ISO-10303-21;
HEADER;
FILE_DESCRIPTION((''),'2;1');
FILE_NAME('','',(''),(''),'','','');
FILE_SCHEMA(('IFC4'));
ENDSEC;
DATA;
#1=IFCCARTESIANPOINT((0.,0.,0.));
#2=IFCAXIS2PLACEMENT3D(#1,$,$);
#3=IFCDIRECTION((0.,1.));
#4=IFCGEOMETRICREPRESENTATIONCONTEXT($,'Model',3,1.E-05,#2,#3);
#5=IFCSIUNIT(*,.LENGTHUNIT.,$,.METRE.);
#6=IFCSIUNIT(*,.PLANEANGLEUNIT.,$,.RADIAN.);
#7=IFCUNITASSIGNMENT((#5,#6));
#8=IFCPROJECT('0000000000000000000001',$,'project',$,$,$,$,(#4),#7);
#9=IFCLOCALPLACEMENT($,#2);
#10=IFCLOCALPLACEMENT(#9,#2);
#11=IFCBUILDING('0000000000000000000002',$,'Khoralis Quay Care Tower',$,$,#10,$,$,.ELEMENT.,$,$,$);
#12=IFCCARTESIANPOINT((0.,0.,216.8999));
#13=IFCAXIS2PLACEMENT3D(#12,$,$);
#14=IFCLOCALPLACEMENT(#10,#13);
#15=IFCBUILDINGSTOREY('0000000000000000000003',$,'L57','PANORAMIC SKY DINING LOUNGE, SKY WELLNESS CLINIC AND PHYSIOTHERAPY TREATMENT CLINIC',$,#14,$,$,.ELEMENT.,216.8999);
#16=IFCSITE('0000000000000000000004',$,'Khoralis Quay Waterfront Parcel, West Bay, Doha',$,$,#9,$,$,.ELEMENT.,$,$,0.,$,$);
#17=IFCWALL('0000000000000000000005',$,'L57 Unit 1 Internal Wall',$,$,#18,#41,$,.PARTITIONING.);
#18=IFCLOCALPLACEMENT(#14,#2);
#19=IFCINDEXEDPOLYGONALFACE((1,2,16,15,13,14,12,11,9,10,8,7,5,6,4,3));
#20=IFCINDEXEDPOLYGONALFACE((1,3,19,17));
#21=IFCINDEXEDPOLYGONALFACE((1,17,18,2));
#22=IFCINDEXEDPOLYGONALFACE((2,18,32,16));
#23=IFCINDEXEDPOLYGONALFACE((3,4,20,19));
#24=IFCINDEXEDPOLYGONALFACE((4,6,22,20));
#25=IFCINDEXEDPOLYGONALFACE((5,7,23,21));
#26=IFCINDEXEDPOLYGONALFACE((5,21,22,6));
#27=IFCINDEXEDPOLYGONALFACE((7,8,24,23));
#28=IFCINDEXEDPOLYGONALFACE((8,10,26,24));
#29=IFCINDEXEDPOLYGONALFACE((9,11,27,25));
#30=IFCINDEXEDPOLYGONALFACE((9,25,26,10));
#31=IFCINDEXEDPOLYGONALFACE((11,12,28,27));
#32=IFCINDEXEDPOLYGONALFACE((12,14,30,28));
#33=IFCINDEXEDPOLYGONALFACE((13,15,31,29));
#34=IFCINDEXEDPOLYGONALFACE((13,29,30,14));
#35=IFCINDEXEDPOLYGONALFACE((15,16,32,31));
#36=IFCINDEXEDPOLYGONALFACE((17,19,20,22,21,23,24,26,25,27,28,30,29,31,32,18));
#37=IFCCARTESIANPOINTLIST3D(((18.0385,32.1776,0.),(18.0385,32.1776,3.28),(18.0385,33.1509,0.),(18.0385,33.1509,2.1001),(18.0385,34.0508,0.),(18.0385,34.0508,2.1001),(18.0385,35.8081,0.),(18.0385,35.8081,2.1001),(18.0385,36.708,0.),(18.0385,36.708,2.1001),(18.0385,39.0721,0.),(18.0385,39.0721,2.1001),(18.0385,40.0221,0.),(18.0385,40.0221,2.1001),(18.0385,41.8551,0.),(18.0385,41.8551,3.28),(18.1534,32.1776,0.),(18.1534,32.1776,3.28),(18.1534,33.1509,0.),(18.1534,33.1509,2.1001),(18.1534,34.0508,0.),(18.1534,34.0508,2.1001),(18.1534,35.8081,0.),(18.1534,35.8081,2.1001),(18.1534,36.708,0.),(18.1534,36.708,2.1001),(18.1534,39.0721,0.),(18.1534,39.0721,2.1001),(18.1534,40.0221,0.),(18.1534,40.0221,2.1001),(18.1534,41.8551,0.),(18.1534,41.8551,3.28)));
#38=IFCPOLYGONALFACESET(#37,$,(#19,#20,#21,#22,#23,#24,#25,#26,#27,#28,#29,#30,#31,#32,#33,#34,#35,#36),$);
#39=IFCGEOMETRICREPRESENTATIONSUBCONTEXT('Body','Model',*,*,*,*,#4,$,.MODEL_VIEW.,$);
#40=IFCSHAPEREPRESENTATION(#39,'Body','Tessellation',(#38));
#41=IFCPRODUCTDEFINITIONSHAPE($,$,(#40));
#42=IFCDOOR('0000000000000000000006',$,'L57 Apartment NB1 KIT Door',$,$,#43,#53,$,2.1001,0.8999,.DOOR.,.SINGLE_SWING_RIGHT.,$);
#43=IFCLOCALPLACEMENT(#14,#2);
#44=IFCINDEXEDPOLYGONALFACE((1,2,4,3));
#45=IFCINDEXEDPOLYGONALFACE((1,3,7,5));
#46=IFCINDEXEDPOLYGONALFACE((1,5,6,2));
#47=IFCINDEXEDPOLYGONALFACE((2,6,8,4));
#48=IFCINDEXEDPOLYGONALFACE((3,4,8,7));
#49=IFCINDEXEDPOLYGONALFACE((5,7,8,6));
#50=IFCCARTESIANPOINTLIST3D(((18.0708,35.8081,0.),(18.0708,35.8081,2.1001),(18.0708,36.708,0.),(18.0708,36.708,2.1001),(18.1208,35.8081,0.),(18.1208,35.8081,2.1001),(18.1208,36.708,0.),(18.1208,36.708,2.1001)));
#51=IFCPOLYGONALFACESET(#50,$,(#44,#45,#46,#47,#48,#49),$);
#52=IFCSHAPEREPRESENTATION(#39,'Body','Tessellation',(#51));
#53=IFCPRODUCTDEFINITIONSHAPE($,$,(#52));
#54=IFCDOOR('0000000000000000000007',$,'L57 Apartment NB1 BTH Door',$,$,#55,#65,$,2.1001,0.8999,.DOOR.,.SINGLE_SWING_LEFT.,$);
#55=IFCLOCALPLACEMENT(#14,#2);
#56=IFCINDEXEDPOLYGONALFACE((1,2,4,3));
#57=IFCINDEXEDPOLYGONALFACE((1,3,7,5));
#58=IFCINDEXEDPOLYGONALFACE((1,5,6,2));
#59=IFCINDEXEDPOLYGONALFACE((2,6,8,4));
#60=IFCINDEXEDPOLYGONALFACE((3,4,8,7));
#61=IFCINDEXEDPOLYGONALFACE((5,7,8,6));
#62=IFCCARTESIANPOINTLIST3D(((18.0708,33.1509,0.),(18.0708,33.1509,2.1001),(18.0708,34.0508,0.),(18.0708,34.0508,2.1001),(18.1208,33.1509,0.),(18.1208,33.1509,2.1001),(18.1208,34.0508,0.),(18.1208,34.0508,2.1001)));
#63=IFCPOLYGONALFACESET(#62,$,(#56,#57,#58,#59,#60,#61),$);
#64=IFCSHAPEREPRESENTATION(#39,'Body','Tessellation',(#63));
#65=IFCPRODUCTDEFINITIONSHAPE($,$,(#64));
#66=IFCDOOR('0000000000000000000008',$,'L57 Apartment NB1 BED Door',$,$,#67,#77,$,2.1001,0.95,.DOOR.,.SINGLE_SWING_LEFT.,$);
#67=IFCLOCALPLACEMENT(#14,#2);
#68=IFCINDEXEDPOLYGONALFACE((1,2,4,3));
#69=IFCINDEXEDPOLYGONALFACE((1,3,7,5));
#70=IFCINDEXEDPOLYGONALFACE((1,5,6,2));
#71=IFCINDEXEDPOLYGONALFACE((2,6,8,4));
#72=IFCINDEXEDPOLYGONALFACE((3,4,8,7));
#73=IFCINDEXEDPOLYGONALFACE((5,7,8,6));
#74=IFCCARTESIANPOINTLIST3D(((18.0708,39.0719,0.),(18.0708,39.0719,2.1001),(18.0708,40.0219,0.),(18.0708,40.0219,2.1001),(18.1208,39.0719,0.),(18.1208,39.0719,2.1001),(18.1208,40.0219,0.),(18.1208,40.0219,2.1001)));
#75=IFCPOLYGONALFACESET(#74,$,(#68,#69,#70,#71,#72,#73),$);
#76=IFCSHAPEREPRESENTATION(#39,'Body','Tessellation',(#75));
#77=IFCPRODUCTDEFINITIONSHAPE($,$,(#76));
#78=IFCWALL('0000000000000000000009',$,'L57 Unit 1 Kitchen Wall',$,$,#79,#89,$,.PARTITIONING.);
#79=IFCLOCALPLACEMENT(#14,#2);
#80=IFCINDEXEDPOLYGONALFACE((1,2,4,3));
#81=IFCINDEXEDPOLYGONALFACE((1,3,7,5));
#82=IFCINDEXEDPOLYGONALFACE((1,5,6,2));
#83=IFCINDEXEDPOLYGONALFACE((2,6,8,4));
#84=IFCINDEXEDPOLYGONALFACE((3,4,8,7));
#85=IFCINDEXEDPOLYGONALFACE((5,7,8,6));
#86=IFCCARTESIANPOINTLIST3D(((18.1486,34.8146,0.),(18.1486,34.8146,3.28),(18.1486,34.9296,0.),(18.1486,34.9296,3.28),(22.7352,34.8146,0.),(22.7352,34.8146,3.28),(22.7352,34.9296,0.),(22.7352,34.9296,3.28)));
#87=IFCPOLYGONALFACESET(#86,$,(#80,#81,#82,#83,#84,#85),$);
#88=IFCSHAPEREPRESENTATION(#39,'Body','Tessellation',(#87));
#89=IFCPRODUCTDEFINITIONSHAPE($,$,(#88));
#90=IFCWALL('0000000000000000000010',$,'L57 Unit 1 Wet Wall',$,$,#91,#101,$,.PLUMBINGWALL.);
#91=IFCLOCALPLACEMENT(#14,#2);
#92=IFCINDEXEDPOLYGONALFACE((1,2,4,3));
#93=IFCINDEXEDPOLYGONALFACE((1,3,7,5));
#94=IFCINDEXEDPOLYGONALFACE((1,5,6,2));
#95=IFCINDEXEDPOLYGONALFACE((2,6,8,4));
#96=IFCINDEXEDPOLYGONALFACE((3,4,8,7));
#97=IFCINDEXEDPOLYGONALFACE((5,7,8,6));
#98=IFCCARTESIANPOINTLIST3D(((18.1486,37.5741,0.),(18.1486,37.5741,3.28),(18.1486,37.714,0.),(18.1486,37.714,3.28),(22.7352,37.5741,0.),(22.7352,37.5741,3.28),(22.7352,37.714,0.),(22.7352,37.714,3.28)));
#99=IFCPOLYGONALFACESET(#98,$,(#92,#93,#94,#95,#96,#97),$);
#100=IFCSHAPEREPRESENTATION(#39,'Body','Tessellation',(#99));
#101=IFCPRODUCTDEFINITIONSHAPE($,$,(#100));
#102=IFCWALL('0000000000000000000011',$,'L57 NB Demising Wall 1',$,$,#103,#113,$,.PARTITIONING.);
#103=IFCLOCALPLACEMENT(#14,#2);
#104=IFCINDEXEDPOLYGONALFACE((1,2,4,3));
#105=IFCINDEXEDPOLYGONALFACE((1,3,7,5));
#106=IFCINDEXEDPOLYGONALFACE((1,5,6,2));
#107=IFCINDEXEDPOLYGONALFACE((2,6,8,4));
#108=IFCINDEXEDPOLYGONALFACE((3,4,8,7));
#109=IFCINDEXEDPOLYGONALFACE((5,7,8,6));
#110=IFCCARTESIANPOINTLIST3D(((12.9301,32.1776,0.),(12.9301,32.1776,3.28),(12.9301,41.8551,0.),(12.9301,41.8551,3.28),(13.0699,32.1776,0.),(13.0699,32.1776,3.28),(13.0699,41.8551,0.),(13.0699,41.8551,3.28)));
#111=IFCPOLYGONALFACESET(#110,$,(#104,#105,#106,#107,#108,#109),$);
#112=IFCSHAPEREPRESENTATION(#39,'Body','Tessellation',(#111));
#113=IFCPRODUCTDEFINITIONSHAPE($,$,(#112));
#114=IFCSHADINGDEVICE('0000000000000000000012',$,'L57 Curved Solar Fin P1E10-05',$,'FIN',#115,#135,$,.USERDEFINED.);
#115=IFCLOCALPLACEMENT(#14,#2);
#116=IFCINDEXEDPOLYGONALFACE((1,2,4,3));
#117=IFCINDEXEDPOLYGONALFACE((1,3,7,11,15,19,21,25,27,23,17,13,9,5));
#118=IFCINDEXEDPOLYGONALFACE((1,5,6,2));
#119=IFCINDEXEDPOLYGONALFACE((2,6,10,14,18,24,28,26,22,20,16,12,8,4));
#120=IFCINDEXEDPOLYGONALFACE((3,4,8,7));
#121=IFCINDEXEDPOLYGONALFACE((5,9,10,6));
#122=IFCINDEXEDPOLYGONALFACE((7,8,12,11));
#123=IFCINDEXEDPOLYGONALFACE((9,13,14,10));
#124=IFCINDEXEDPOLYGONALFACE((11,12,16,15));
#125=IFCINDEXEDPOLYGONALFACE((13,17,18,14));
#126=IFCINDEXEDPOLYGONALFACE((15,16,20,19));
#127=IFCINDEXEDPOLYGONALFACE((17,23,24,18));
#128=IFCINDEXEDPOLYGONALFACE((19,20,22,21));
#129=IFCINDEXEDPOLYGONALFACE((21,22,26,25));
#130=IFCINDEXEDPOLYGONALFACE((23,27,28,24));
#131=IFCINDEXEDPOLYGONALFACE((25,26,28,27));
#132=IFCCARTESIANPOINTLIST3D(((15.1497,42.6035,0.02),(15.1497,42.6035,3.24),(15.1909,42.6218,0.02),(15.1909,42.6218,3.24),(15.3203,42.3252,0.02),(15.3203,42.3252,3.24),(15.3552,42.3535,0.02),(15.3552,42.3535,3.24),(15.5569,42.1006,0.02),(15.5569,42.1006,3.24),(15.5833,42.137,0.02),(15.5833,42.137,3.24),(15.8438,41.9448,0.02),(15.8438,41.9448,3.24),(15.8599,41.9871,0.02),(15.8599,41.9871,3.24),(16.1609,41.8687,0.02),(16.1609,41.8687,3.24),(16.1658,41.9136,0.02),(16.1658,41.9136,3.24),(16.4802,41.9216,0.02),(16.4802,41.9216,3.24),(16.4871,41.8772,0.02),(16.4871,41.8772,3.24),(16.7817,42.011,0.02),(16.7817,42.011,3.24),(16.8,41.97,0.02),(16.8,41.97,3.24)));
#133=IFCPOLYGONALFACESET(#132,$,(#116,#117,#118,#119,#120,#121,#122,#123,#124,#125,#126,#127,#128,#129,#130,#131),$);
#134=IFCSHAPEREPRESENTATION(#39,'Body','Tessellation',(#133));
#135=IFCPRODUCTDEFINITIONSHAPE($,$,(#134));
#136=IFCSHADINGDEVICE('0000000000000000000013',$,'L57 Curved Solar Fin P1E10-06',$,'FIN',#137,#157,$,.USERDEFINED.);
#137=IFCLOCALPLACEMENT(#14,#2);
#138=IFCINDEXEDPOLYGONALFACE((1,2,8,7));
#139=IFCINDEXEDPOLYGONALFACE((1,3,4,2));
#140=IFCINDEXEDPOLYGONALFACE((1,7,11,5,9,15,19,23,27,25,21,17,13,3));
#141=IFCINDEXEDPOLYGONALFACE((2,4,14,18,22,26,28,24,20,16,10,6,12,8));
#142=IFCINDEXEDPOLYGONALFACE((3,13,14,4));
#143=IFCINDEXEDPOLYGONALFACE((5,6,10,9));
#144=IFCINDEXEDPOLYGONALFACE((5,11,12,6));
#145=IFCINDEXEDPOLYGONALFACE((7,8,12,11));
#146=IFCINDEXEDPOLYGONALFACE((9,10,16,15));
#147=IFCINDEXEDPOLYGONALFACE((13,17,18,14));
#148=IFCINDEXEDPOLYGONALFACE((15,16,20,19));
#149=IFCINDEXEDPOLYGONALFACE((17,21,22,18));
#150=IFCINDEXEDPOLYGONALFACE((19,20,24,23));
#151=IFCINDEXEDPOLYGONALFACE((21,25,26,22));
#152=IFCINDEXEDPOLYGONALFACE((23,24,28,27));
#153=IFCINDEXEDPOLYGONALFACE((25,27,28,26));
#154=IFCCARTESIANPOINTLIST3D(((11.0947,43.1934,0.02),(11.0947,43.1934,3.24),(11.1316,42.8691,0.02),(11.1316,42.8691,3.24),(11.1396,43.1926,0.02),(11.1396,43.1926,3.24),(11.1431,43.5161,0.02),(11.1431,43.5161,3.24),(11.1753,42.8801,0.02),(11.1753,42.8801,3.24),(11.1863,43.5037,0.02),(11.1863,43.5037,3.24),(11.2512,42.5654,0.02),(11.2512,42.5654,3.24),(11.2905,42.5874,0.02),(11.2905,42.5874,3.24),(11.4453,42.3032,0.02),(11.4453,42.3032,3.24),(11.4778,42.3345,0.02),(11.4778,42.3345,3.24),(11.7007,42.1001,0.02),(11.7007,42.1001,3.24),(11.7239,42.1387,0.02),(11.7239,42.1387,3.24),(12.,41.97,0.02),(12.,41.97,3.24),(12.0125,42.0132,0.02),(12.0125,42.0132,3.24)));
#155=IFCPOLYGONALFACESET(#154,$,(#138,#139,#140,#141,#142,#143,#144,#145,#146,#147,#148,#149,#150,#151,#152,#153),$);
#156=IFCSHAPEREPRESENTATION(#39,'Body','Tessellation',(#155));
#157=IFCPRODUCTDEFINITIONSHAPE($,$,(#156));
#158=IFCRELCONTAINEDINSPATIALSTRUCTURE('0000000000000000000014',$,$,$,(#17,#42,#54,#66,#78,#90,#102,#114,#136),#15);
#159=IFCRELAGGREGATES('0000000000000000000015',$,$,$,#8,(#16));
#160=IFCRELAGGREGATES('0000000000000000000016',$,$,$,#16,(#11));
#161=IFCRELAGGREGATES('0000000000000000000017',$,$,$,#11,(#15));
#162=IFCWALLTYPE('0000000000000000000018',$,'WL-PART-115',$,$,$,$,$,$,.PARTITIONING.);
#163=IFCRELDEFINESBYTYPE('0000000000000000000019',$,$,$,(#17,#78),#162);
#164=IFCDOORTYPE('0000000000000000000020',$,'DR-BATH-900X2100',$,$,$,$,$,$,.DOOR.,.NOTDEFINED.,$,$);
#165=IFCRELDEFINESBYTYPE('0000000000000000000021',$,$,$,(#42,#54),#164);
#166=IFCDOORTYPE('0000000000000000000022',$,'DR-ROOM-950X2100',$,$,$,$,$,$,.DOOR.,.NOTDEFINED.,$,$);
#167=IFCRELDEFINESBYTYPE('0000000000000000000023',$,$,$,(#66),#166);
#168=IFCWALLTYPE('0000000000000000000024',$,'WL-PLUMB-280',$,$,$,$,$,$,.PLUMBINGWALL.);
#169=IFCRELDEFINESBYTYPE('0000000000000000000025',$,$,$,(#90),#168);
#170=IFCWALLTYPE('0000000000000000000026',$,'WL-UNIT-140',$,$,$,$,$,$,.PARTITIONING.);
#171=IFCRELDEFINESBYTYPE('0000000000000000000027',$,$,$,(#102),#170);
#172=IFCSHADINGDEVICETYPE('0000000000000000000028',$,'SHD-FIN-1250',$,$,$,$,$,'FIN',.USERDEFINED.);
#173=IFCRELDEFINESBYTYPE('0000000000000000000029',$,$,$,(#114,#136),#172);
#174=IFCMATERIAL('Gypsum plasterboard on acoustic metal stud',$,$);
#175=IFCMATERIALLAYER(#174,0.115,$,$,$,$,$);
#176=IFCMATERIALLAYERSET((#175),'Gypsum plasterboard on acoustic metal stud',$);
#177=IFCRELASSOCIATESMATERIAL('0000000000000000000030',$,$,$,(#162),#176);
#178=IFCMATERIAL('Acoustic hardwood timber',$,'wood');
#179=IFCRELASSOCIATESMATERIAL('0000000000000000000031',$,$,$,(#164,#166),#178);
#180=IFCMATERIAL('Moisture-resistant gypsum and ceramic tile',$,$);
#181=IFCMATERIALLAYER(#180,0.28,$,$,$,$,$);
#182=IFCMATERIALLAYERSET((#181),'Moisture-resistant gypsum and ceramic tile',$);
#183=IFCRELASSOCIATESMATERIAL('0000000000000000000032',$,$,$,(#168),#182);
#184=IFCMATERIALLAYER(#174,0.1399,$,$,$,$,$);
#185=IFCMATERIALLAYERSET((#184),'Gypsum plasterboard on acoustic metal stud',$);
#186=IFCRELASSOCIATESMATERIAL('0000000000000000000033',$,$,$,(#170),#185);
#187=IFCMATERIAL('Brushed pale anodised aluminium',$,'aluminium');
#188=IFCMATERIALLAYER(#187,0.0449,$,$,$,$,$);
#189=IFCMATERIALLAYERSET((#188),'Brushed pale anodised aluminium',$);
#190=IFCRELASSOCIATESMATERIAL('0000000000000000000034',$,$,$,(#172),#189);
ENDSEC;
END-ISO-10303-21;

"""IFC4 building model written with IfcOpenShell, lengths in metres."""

from ifc_helpers import new_model, si_unit, direction, frame, frame_2d, origin, place, context, subcontext, project, spatial, polyline, rectangle, outline, extrude, source, transform, mapped, material, layer, layer_set, type_object, element, fill, save


model = new_model("IFC4")

# Units and contexts
model_context = context("Model", 3, precision=1e-05, world=origin(), true_north=direction((0.0, 1.0)))
body_context = subcontext(model_context, "Body", "Model", "MODEL_VIEW")
ifc_project = project(units=[si_unit("LENGTHUNIT", "METRE"), si_unit("PLANEANGLEUNIT", "RADIAN")], contexts=[model_context])

# Site, building, storey
site_placement = place(None, origin())
site = spatial("IfcSite", under=ifc_project, at=site_placement, Name="Khoralis Quay Waterfront Parcel, West Bay, Doha", CompositionType="ELEMENT", RefElevation=0.0)
building_placement = place(site_placement, origin())
building = spatial("IfcBuilding", under=site, at=building_placement, Name="Khoralis Quay Care Tower", CompositionType="ELEMENT")
storey_placement = place(building_placement, frame((0.0, 0.0, 216.8999)))
storey = spatial("IfcBuildingStorey", under=building, at=storey_placement, Name="L57", Description="PANORAMIC SKY DINING LOUNGE, SKY WELLNESS CLINIC AND PHYSIOTHERAPY TREATMENT CLINIC", CompositionType="ELEMENT", Elevation=216.8999)

# Shared definitions
ifc_material_1 = material(Name="Gypsum plasterboard on acoustic metal stud")

# Wall, openings, doors
ifc_layer_1 = layer(ifc_material_1, 0.115)
ifc_layer_set_1 = layer_set([ifc_layer_1], Name="Gypsum plasterboard on acoustic metal stud")
wall_type_1 = type_object("IfcWallType", Name="WL-PART-115", PredefinedType="PARTITIONING", material=ifc_layer_set_1)
wall_1_placement = place(storey_placement, frame((18.0959, 32.1775, 0.0), z_axis=(0.0, 0.0, 1.0), x_axis=(0.0, 1.0, 0.0)))
wall_1 = element("IfcWall", 1, at=wall_1_placement, inside=storey, type_object=wall_type_1, Name="L57 Unit 1 Internal Wall", PredefinedType="PARTITIONING", context=body_context, shape_type="SweptSolid", body=[
    extrude(rectangle(XDim=9.6775, YDim=0.115, at=frame_2d((4.8389, 0.0))), origin(), (0.0, 0.0, 1.0), 3.28),
])
opening_1_placement = place(wall_1_placement, frame((6.8945, 0.0, 0.0)))
opening_1 = element("IfcOpeningElement", 2, at=opening_1_placement, cuts=wall_1, PredefinedType="OPENING", context=body_context, shape_type="SweptSolid", body=[
    extrude(rectangle(XDim=0.95, YDim=2.1001, at=frame_2d((0.4751, 1.05))), frame((0.0, 0.0674, 0.0), z_axis=(0.0, -1.0, 0.0), x_axis=(1.0, 0.0, 0.0)), (0.0, 0.0, 1.0), 0.135),
])
opening_2_placement = place(wall_1_placement, frame((3.6306, 0.0, 0.0)))
opening_2 = element("IfcOpeningElement", 3, at=opening_2_placement, cuts=wall_1, PredefinedType="OPENING", context=body_context, shape_type="SweptSolid", body=[
    extrude(rectangle(XDim=0.8999, YDim=2.1001, at=frame_2d((0.45, 1.05))), frame((0.0, 0.0674, 0.0), z_axis=(0.0, -1.0, 0.0), x_axis=(1.0, 0.0, 0.0)), (0.0, 0.0, 1.0), 0.135),
])
opening_3_placement = place(wall_1_placement, frame((0.9734, 0.0, 0.0)))
opening_3 = element("IfcOpeningElement", 4, at=opening_3_placement, cuts=wall_1, PredefinedType="OPENING", context=body_context, shape_type="SweptSolid", body=[
    extrude(rectangle(XDim=0.8999, YDim=2.1001, at=frame_2d((0.45, 1.05))), frame((0.0, 0.0674, 0.0), z_axis=(0.0, -1.0, 0.0), x_axis=(1.0, 0.0, 0.0)), (0.0, 0.0, 1.0), 0.135),
])
ifc_material_2 = material(Name="Acoustic hardwood timber", Category="wood")
door_type_1 = type_object("IfcDoorType", Name="DR-BATH-900X2100", OperationType="NOTDEFINED", PredefinedType="DOOR", material=ifc_material_2)
shared_shape_1 = source(origin(), body_context, "Body", "SweptSolid", [
    extrude(rectangle(XDim=0.8999, YDim=2.1001, at=frame_2d((0.45, 1.05))), frame((0.0, 0.0249, 0.0), z_axis=(0.0, -1.0, 0.0), x_axis=(1.0, 0.0, 0.0)), (0.0, 0.0, 1.0), 0.05),
])
door_1_placement = place(opening_2_placement, frame((0.8999, 0.0, 0.0), z_axis=(0.0, 0.0, 1.0), x_axis=(-1.0, 0.0, 0.0)))
door_1 = element("IfcDoor", 5, at=door_1_placement, inside=storey, type_object=door_type_1, Name="L57 Apartment NB1 KIT Door", OperationType="SINGLE_SWING_RIGHT", OverallHeight=2.1001, OverallWidth=0.8999, PredefinedType="DOOR", context=body_context, shape_type="MappedRepresentation", body=[
    mapped(shared_shape_1, transform((0.0, 0.0, 0.0), scale=1.0)),
])
fill(opening_2, door_1)
door_2_placement = place(opening_3_placement, frame((0.8999, 0.0, 0.0), z_axis=(0.0, 0.0, 1.0), x_axis=(-1.0, 0.0, 0.0)))
door_2 = element("IfcDoor", 6, at=door_2_placement, inside=storey, type_object=door_type_1, Name="L57 Apartment NB1 BTH Door", OperationType="SINGLE_SWING_LEFT", OverallHeight=2.1001, OverallWidth=0.8999, PredefinedType="DOOR", context=body_context, shape_type="MappedRepresentation", body=[
    mapped(shared_shape_1, transform((0.0, 0.0, 0.0), scale=1.0)),
])
fill(opening_3, door_2)
door_type_2 = type_object("IfcDoorType", Name="DR-ROOM-950X2100", OperationType="NOTDEFINED", PredefinedType="DOOR", material=ifc_material_2)
shared_shape_2 = source(origin(), body_context, "Body", "SweptSolid", [
    extrude(rectangle(XDim=0.95, YDim=2.1001, at=frame_2d((0.4751, 1.05))), frame((0.0, 0.0249, 0.0), z_axis=(0.0, -1.0, 0.0), x_axis=(1.0, 0.0, 0.0)), (0.0, 0.0, 1.0), 0.05),
])
door_3_placement = place(opening_1_placement, frame((0.95, 0.0, 0.0), z_axis=(0.0, 0.0, 1.0), x_axis=(-1.0, 0.0, 0.0)))
door_3 = element("IfcDoor", 7, at=door_3_placement, inside=storey, type_object=door_type_2, Name="L57 Apartment NB1 BED Door", OperationType="SINGLE_SWING_LEFT", OverallHeight=2.1001, OverallWidth=0.95, PredefinedType="DOOR", context=body_context, shape_type="MappedRepresentation", body=[
    mapped(shared_shape_2, transform((0.0, 0.0, 0.0), scale=1.0)),
])
fill(opening_1, door_3)

# Walls
wall_2_placement = place(storey_placement, frame((18.1484, 34.8721, 0.0), z_axis=(0.0, 0.0, 1.0), x_axis=(1.0, 0.0, 0.0)))
element("IfcWall", 8, at=wall_2_placement, inside=storey, type_object=wall_type_1, Name="L57 Unit 1 Kitchen Wall", PredefinedType="PARTITIONING", context=body_context, shape_type="SweptSolid", body=[
    extrude(rectangle(XDim=4.5867, YDim=0.115, at=frame_2d((2.2935, 0.0))), origin(), (0.0, 0.0, 1.0), 3.28),
])
ifc_material_3 = material(Name="Moisture-resistant gypsum and ceramic tile")
ifc_layer_2 = layer(ifc_material_3, 0.28)
ifc_layer_set_2 = layer_set([ifc_layer_2], Name="Moisture-resistant gypsum and ceramic tile")
wall_type_2 = type_object("IfcWallType", Name="WL-PLUMB-280", PredefinedType="PLUMBINGWALL", material=ifc_layer_set_2)
wall_3_placement = place(storey_placement, frame((18.1484, 37.644, 0.0), z_axis=(0.0, 0.0, 1.0), x_axis=(1.0, 0.0, 0.0)))
element("IfcWall", 9, at=wall_3_placement, inside=storey, type_object=wall_type_2, Name="L57 Unit 1 Wet Wall", PredefinedType="PLUMBINGWALL", context=body_context, shape_type="SweptSolid", body=[
    extrude(rectangle(XDim=4.5867, YDim=0.1399, at=frame_2d((2.2935, 0.0))), origin(), (0.0, 0.0, 1.0), 3.28),
])
ifc_layer_3 = layer(ifc_material_1, 0.1399)
ifc_layer_set_3 = layer_set([ifc_layer_3], Name="Gypsum plasterboard on acoustic metal stud")
wall_type_3 = type_object("IfcWallType", Name="WL-UNIT-140", PredefinedType="PARTITIONING", material=ifc_layer_set_3)
wall_4_placement = place(storey_placement, frame((13.0, 32.1775, 0.0), z_axis=(0.0, 0.0, 1.0), x_axis=(0.0, 1.0, 0.0)))
element("IfcWall", 10, at=wall_4_placement, inside=storey, type_object=wall_type_3, Name="L57 NB Demising Wall 1", PredefinedType="PARTITIONING", context=body_context, shape_type="SweptSolid", body=[
    extrude(rectangle(XDim=9.6775, YDim=0.1399, at=frame_2d((4.8389, 0.0))), origin(), (0.0, 0.0, 1.0), 3.28),
])

# Shading devices
ifc_material_4 = material(Name="Brushed pale anodised aluminium", Category="aluminium")
ifc_layer_4 = layer(ifc_material_4, 0.0449)
ifc_layer_set_4 = layer_set([ifc_layer_4], Name="Brushed pale anodised aluminium")
shading_device_type = type_object("IfcShadingDeviceType", Name="SHD-FIN-1250", ElementType="FIN", PredefinedType="USERDEFINED", material=ifc_layer_set_4)
shared_shape_3 = source(origin(), body_context, "Body", "SweptSolid", [
    extrude(outline(polyline([(0.0, 0.0), (-0.0928, 0.313), (-0.1013, 0.6392), (-0.0251, 0.9563), (0.1306, 1.2432), (0.3552, 1.4797), (0.6335, 1.6504), (0.6519, 1.6091), (0.3835, 1.4448), (0.167, 1.2168), (0.0171, 0.9402), (-0.0564, 0.6343), (-0.0483, 0.3198), (0.041, 0.0183), (0.0, 0.0)])), origin(), (0.0, 0.0, 1.0), 3.22),
])
shading_device_1_placement = place(storey_placement, frame((16.8, 41.97, 0.02), z_axis=(0.0, 0.0, 1.0), x_axis=(0.0, 1.0, 0.0)))
element("IfcShadingDevice", 11, at=shading_device_1_placement, inside=storey, type_object=shading_device_type, Name="L57 Curved Solar Fin P1E10-05", ObjectType="FIN", PredefinedType="USERDEFINED", context=body_context, shape_type="MappedRepresentation", body=[
    mapped(shared_shape_3, transform((0.0, 0.0, 0.0), scale=1.0)),
])
shared_shape_4 = source(origin(), body_context, "Body", "SweptSolid", [
    extrude(outline(polyline([(0.0, 0.0), (0.1301, 0.2993), (0.3333, 0.5547), (0.5955, 0.7488), (0.8992, 0.8684), (1.2234, 0.9053), (1.5461, 0.8569), (1.5337, 0.8137), (1.2227, 0.8604), (0.9102, 0.8247), (0.6174, 0.7095), (0.3645, 0.5222), (0.1687, 0.2761), (0.0432, -0.0125), (0.0, 0.0)])), origin(), (0.0, 0.0, 1.0), 3.22),
])
shading_device_2_placement = place(storey_placement, frame((12.0, 41.97, 0.02), z_axis=(0.0, 0.0, 1.0), x_axis=(0.0, 1.0, 0.0)))
element("IfcShadingDevice", 12, at=shading_device_2_placement, inside=storey, type_object=shading_device_type, Name="L57 Curved Solar Fin P1E10-06", ObjectType="FIN", PredefinedType="USERDEFINED", context=body_context, shape_type="MappedRepresentation", body=[
    mapped(shared_shape_4, transform((0.0, 0.0, 0.0), scale=1.0)),
])

save(model, "model.ifc")
